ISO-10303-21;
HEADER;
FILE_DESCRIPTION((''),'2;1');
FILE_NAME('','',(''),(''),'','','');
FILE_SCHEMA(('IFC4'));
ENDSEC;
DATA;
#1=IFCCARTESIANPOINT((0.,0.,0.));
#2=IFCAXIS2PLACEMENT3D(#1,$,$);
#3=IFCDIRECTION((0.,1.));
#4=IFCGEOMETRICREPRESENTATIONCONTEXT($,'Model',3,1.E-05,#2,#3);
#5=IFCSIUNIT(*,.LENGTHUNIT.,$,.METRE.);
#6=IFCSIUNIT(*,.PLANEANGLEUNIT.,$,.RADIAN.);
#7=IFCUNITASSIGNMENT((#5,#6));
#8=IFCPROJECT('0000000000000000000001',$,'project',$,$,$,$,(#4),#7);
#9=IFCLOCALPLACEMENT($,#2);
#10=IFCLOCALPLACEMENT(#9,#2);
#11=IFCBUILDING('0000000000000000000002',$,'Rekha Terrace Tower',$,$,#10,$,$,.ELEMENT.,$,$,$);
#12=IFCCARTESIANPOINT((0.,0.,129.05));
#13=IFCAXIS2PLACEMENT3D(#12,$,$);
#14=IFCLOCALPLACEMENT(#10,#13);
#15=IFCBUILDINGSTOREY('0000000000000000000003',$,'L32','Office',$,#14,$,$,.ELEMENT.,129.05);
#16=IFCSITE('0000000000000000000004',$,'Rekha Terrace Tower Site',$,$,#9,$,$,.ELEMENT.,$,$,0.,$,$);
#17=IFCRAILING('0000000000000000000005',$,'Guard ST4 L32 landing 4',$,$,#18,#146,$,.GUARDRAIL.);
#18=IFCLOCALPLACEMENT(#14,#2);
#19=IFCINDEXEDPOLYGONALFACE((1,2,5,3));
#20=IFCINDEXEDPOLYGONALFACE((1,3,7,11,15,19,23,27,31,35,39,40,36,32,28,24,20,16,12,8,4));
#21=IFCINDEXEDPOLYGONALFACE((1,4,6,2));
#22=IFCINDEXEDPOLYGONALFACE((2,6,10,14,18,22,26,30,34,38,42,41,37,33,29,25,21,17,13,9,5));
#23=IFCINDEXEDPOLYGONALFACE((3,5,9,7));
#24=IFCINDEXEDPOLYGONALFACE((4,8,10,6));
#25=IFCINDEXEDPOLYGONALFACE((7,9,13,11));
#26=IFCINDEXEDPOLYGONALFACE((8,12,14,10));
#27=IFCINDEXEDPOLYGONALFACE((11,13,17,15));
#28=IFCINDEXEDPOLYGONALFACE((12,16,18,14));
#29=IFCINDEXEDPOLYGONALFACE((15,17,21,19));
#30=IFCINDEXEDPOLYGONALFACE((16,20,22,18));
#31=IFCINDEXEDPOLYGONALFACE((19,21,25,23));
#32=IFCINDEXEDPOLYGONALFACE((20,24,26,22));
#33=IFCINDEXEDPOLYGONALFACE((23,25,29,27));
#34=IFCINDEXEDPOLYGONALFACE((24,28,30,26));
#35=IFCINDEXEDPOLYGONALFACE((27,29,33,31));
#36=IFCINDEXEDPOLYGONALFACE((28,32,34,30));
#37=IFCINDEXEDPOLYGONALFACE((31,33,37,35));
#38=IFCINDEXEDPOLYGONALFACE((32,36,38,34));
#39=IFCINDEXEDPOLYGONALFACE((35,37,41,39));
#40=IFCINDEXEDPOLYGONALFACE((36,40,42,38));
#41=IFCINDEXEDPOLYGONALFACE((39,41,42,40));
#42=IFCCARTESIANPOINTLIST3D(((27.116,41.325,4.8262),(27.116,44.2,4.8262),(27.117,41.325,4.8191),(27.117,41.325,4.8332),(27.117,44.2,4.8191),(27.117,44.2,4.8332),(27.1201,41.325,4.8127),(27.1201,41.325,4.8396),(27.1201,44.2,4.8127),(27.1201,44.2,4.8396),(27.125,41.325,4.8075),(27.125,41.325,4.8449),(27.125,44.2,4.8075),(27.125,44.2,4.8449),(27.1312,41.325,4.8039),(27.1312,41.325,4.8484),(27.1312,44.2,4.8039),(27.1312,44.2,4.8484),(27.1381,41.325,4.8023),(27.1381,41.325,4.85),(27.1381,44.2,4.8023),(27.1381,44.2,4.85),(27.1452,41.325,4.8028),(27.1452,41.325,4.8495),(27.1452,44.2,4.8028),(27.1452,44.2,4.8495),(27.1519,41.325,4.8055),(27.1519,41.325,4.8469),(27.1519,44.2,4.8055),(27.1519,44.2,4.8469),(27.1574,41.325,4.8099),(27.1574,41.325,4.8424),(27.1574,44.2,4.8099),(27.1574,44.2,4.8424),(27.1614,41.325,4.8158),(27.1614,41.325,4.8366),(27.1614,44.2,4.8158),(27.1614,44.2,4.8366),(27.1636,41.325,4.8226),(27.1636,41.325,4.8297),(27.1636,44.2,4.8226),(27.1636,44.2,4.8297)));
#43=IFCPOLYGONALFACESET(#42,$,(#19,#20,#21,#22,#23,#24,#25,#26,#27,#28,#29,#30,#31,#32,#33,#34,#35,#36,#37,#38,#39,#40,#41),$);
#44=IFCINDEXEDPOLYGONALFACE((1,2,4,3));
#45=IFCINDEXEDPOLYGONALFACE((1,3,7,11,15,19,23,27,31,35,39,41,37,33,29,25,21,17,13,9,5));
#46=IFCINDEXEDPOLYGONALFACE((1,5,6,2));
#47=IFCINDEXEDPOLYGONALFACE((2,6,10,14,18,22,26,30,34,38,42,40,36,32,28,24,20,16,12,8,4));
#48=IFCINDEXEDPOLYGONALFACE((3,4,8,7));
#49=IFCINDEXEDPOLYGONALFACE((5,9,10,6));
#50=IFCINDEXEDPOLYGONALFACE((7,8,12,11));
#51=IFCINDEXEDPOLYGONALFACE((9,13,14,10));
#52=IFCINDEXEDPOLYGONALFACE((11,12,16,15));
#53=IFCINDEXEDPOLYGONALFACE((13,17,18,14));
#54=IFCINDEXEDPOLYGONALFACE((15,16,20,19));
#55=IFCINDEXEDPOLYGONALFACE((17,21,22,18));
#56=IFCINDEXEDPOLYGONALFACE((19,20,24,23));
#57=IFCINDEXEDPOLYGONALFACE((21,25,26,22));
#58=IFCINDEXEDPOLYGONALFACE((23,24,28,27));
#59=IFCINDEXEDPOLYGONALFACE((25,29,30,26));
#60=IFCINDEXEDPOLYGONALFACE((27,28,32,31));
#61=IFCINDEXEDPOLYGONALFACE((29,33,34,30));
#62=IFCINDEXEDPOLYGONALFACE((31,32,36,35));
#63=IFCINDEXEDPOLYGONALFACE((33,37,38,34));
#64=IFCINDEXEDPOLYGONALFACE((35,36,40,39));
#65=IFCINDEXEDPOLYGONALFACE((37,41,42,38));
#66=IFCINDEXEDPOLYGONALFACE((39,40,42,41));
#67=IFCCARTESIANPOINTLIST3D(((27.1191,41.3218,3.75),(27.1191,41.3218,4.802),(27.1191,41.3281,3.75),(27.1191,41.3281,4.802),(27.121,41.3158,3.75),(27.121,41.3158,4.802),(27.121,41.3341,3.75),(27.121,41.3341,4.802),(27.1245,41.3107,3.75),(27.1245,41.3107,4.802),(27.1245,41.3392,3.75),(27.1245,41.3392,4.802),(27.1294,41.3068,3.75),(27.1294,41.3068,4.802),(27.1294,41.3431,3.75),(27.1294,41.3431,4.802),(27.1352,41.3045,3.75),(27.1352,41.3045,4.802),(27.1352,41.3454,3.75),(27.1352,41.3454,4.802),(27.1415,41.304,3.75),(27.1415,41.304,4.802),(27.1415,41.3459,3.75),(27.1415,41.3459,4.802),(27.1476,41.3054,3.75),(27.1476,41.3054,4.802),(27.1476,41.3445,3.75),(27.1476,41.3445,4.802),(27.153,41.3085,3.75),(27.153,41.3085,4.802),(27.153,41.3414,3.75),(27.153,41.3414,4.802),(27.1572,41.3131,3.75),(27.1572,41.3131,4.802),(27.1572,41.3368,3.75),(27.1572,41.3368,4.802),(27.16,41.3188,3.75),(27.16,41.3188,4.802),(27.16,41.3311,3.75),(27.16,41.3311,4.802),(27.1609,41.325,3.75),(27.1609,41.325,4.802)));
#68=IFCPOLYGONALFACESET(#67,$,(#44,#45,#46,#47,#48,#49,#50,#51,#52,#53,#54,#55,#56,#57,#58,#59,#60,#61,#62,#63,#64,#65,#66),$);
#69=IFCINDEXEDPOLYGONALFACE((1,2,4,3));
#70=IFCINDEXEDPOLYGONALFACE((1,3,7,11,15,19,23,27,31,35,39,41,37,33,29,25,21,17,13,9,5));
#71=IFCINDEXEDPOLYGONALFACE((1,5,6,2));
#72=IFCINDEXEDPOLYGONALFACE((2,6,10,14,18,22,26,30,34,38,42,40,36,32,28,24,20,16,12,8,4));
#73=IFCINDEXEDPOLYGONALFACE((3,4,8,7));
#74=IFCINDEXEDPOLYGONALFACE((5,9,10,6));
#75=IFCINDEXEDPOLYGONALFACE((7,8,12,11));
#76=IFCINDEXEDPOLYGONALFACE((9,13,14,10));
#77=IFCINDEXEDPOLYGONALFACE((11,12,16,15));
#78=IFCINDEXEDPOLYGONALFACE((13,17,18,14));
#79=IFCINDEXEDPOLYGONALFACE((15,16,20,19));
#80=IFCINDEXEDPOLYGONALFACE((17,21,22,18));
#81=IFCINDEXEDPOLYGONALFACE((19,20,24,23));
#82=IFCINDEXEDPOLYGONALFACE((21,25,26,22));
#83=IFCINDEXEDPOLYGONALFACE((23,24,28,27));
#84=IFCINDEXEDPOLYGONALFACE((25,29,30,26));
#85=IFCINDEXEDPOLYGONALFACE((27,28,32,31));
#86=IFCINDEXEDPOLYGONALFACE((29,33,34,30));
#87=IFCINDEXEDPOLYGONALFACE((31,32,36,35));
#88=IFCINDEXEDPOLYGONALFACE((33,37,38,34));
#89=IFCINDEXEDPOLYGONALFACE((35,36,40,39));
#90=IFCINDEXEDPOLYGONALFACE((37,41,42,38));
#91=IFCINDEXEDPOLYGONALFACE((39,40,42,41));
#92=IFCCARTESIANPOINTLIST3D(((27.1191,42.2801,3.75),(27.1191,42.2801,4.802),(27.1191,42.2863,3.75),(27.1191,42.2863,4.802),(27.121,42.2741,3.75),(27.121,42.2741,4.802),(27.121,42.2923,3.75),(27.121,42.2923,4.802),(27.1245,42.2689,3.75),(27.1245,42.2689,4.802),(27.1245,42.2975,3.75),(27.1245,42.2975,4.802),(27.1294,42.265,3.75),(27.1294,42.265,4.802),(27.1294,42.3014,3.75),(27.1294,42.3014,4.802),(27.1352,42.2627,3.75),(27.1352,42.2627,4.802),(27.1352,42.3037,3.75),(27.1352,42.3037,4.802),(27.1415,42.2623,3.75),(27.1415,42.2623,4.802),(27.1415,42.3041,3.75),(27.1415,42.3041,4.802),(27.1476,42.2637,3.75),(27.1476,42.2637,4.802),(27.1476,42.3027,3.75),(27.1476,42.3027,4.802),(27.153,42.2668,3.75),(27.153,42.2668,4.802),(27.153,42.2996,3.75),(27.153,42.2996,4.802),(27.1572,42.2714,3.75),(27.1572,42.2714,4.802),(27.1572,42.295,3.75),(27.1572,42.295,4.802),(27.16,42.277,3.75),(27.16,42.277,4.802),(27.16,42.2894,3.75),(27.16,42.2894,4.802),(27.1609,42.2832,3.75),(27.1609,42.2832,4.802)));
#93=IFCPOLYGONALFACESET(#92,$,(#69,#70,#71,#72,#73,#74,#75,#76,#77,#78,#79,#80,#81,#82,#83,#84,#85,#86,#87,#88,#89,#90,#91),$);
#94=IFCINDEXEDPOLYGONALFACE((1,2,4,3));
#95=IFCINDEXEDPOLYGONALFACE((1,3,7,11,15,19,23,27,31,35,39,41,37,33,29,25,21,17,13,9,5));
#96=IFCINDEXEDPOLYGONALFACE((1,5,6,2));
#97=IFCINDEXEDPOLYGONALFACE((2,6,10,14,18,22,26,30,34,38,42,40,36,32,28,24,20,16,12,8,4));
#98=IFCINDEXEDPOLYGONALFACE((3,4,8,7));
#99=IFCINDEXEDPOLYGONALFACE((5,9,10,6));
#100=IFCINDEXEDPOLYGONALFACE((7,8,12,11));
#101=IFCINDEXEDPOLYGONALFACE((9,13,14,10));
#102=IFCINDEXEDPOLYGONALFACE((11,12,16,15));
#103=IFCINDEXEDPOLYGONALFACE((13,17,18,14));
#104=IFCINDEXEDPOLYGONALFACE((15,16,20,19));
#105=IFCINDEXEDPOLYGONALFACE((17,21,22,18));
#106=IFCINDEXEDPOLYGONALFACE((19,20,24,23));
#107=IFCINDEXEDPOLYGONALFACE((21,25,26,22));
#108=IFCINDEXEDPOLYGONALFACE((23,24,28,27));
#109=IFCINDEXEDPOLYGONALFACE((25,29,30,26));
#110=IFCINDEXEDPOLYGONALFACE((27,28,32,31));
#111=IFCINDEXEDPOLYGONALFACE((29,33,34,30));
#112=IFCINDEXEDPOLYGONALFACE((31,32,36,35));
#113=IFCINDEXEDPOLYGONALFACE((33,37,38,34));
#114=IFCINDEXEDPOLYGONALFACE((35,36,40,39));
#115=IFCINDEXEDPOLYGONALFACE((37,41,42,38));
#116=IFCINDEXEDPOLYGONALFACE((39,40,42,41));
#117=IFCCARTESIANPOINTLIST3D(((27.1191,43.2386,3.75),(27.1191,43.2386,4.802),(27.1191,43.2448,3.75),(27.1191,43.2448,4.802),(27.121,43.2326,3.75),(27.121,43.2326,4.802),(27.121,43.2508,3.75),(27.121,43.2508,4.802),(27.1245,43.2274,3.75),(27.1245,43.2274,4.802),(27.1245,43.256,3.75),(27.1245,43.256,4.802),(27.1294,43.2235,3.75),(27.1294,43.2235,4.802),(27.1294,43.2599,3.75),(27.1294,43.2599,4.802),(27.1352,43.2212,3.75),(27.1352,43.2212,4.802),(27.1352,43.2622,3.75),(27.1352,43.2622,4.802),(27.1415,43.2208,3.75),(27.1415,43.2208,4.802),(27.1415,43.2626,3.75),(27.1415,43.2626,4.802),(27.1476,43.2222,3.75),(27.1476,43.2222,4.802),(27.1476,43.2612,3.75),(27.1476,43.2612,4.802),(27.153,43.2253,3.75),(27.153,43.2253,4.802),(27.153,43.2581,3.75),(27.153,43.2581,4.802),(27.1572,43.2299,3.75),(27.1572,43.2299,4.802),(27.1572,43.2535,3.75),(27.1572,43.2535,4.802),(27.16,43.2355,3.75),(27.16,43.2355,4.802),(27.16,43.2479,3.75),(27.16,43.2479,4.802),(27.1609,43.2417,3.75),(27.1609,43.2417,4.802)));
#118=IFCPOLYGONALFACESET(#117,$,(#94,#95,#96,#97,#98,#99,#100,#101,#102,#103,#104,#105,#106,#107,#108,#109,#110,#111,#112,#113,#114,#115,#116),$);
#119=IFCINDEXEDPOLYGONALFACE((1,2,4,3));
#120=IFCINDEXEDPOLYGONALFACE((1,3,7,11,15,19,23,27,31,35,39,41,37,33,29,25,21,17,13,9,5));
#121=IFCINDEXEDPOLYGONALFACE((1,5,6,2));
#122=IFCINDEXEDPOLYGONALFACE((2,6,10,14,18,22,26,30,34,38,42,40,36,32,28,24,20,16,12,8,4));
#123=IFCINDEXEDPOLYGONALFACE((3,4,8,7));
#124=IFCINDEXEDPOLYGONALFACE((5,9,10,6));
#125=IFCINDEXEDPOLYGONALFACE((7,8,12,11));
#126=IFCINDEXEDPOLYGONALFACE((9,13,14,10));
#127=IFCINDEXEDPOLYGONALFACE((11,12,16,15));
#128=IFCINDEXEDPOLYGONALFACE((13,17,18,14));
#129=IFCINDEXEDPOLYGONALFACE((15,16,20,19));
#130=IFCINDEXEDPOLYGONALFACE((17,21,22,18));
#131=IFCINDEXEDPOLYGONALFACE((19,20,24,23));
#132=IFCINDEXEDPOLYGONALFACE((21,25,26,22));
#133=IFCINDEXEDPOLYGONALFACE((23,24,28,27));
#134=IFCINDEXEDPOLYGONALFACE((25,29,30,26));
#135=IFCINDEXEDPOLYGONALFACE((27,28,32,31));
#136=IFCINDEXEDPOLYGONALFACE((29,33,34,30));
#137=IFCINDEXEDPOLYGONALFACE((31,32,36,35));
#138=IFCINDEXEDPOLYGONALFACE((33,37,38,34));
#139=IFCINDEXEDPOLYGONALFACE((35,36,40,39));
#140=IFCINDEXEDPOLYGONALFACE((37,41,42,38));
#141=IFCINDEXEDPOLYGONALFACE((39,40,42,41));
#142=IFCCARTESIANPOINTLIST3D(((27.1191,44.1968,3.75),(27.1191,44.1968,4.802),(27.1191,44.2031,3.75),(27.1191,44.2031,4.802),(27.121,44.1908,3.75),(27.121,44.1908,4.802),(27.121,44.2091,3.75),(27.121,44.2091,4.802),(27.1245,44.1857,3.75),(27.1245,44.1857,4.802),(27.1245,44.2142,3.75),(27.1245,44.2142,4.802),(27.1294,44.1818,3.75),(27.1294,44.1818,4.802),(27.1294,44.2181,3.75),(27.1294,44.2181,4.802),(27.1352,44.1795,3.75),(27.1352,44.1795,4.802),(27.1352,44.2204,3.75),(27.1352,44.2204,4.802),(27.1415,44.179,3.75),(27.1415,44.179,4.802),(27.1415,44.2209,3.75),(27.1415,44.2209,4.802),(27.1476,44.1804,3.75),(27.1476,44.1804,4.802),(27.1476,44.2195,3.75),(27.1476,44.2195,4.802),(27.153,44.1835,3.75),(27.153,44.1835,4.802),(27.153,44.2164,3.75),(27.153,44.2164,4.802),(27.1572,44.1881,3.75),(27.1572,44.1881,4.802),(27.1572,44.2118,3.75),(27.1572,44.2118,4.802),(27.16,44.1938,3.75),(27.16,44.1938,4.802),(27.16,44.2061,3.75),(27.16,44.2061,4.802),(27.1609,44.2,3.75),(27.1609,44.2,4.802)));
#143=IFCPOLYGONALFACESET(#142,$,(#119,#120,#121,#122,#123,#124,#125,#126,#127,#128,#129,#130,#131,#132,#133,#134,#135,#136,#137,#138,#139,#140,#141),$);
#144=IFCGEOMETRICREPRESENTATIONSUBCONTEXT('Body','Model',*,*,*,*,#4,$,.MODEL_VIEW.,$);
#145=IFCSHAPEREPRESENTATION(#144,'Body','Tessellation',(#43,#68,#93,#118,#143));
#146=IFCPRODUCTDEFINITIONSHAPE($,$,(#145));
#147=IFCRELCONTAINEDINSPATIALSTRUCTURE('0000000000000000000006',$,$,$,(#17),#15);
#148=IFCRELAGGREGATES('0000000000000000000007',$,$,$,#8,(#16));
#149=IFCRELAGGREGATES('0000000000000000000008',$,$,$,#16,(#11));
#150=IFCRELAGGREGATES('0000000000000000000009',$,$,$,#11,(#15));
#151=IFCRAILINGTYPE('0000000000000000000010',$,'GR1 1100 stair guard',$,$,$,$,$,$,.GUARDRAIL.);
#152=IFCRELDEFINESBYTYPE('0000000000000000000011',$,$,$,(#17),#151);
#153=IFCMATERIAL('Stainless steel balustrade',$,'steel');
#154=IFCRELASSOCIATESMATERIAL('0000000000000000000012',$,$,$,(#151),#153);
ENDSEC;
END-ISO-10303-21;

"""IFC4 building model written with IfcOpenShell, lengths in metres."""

from ifc_helpers import new_model, si_unit, direction, frame, origin, origin_2d, place, context, subcontext, project, spatial, circle, extrude, material, type_object, element, save


model = new_model("IFC4")

# Units and contexts
model_context = context("Model", 3, precision=1e-05, world=origin(), true_north=direction((0.0, 1.0)))
body_context = subcontext(model_context, "Body", "Model", "MODEL_VIEW")
ifc_project = project(units=[si_unit("LENGTHUNIT", "METRE"), si_unit("PLANEANGLEUNIT", "RADIAN")], contexts=[model_context])

# Site, building, storey
site_placement = place(None, origin())
site = spatial("IfcSite", under=ifc_project, at=site_placement, Name="Rekha Terrace Tower Site", CompositionType="ELEMENT", RefElevation=0.0)
building_placement = place(site_placement, origin())
building = spatial("IfcBuilding", under=site, at=building_placement, Name="Rekha Terrace Tower", CompositionType="ELEMENT")
storey_placement = place(building_placement, frame((0.0, 0.0, 129.05)))
storey = spatial("IfcBuildingStorey", under=building, at=storey_placement, Name="L32", Description="Office", CompositionType="ELEMENT", Elevation=129.05)

# Railing
ifc_material_1 = material(Name="Stainless steel balustrade", Category="steel")
railing_type_1 = type_object("IfcRailingType", Name="GR1 1100 stair guard", PredefinedType="GUARDRAIL", material=ifc_material_1)
railing_1_placement = place(storey_placement, frame((27.1399, 41.325, 3.75)))
element("IfcRailing", 1, at=railing_1_placement, inside=storey, type_object=railing_type_1, Name="Guard ST4 L32 landing 4", PredefinedType="GUARDRAIL", context=body_context, shape_type="SweptSolid", body=[
    extrude(circle(Radius=0.0239, at=origin_2d()), frame((0.0, 0.0, 1.0762), z_axis=(0.0, 1.0, 0.0), x_axis=(-1.0, 0.0, 0.0)), (0.0, 0.0, 1.0), 2.875),
    extrude(circle(Radius=0.021, at=origin_2d()), origin(), (0.0, 0.0, 1.0), 1.052),
    extrude(circle(Radius=0.021, at=origin_2d()), frame((0.0, 0.9583, 0.0)), (0.0, 0.0, 1.0), 1.052),
    extrude(circle(Radius=0.021, at=origin_2d()), frame((0.0, 1.9167, 0.0)), (0.0, 0.0, 1.0), 1.052),
    extrude(circle(Radius=0.021, at=origin_2d()), frame((0.0, 2.875, 0.0)), (0.0, 0.0, 1.0), 1.052),
])

save(model, "model.ifc")
